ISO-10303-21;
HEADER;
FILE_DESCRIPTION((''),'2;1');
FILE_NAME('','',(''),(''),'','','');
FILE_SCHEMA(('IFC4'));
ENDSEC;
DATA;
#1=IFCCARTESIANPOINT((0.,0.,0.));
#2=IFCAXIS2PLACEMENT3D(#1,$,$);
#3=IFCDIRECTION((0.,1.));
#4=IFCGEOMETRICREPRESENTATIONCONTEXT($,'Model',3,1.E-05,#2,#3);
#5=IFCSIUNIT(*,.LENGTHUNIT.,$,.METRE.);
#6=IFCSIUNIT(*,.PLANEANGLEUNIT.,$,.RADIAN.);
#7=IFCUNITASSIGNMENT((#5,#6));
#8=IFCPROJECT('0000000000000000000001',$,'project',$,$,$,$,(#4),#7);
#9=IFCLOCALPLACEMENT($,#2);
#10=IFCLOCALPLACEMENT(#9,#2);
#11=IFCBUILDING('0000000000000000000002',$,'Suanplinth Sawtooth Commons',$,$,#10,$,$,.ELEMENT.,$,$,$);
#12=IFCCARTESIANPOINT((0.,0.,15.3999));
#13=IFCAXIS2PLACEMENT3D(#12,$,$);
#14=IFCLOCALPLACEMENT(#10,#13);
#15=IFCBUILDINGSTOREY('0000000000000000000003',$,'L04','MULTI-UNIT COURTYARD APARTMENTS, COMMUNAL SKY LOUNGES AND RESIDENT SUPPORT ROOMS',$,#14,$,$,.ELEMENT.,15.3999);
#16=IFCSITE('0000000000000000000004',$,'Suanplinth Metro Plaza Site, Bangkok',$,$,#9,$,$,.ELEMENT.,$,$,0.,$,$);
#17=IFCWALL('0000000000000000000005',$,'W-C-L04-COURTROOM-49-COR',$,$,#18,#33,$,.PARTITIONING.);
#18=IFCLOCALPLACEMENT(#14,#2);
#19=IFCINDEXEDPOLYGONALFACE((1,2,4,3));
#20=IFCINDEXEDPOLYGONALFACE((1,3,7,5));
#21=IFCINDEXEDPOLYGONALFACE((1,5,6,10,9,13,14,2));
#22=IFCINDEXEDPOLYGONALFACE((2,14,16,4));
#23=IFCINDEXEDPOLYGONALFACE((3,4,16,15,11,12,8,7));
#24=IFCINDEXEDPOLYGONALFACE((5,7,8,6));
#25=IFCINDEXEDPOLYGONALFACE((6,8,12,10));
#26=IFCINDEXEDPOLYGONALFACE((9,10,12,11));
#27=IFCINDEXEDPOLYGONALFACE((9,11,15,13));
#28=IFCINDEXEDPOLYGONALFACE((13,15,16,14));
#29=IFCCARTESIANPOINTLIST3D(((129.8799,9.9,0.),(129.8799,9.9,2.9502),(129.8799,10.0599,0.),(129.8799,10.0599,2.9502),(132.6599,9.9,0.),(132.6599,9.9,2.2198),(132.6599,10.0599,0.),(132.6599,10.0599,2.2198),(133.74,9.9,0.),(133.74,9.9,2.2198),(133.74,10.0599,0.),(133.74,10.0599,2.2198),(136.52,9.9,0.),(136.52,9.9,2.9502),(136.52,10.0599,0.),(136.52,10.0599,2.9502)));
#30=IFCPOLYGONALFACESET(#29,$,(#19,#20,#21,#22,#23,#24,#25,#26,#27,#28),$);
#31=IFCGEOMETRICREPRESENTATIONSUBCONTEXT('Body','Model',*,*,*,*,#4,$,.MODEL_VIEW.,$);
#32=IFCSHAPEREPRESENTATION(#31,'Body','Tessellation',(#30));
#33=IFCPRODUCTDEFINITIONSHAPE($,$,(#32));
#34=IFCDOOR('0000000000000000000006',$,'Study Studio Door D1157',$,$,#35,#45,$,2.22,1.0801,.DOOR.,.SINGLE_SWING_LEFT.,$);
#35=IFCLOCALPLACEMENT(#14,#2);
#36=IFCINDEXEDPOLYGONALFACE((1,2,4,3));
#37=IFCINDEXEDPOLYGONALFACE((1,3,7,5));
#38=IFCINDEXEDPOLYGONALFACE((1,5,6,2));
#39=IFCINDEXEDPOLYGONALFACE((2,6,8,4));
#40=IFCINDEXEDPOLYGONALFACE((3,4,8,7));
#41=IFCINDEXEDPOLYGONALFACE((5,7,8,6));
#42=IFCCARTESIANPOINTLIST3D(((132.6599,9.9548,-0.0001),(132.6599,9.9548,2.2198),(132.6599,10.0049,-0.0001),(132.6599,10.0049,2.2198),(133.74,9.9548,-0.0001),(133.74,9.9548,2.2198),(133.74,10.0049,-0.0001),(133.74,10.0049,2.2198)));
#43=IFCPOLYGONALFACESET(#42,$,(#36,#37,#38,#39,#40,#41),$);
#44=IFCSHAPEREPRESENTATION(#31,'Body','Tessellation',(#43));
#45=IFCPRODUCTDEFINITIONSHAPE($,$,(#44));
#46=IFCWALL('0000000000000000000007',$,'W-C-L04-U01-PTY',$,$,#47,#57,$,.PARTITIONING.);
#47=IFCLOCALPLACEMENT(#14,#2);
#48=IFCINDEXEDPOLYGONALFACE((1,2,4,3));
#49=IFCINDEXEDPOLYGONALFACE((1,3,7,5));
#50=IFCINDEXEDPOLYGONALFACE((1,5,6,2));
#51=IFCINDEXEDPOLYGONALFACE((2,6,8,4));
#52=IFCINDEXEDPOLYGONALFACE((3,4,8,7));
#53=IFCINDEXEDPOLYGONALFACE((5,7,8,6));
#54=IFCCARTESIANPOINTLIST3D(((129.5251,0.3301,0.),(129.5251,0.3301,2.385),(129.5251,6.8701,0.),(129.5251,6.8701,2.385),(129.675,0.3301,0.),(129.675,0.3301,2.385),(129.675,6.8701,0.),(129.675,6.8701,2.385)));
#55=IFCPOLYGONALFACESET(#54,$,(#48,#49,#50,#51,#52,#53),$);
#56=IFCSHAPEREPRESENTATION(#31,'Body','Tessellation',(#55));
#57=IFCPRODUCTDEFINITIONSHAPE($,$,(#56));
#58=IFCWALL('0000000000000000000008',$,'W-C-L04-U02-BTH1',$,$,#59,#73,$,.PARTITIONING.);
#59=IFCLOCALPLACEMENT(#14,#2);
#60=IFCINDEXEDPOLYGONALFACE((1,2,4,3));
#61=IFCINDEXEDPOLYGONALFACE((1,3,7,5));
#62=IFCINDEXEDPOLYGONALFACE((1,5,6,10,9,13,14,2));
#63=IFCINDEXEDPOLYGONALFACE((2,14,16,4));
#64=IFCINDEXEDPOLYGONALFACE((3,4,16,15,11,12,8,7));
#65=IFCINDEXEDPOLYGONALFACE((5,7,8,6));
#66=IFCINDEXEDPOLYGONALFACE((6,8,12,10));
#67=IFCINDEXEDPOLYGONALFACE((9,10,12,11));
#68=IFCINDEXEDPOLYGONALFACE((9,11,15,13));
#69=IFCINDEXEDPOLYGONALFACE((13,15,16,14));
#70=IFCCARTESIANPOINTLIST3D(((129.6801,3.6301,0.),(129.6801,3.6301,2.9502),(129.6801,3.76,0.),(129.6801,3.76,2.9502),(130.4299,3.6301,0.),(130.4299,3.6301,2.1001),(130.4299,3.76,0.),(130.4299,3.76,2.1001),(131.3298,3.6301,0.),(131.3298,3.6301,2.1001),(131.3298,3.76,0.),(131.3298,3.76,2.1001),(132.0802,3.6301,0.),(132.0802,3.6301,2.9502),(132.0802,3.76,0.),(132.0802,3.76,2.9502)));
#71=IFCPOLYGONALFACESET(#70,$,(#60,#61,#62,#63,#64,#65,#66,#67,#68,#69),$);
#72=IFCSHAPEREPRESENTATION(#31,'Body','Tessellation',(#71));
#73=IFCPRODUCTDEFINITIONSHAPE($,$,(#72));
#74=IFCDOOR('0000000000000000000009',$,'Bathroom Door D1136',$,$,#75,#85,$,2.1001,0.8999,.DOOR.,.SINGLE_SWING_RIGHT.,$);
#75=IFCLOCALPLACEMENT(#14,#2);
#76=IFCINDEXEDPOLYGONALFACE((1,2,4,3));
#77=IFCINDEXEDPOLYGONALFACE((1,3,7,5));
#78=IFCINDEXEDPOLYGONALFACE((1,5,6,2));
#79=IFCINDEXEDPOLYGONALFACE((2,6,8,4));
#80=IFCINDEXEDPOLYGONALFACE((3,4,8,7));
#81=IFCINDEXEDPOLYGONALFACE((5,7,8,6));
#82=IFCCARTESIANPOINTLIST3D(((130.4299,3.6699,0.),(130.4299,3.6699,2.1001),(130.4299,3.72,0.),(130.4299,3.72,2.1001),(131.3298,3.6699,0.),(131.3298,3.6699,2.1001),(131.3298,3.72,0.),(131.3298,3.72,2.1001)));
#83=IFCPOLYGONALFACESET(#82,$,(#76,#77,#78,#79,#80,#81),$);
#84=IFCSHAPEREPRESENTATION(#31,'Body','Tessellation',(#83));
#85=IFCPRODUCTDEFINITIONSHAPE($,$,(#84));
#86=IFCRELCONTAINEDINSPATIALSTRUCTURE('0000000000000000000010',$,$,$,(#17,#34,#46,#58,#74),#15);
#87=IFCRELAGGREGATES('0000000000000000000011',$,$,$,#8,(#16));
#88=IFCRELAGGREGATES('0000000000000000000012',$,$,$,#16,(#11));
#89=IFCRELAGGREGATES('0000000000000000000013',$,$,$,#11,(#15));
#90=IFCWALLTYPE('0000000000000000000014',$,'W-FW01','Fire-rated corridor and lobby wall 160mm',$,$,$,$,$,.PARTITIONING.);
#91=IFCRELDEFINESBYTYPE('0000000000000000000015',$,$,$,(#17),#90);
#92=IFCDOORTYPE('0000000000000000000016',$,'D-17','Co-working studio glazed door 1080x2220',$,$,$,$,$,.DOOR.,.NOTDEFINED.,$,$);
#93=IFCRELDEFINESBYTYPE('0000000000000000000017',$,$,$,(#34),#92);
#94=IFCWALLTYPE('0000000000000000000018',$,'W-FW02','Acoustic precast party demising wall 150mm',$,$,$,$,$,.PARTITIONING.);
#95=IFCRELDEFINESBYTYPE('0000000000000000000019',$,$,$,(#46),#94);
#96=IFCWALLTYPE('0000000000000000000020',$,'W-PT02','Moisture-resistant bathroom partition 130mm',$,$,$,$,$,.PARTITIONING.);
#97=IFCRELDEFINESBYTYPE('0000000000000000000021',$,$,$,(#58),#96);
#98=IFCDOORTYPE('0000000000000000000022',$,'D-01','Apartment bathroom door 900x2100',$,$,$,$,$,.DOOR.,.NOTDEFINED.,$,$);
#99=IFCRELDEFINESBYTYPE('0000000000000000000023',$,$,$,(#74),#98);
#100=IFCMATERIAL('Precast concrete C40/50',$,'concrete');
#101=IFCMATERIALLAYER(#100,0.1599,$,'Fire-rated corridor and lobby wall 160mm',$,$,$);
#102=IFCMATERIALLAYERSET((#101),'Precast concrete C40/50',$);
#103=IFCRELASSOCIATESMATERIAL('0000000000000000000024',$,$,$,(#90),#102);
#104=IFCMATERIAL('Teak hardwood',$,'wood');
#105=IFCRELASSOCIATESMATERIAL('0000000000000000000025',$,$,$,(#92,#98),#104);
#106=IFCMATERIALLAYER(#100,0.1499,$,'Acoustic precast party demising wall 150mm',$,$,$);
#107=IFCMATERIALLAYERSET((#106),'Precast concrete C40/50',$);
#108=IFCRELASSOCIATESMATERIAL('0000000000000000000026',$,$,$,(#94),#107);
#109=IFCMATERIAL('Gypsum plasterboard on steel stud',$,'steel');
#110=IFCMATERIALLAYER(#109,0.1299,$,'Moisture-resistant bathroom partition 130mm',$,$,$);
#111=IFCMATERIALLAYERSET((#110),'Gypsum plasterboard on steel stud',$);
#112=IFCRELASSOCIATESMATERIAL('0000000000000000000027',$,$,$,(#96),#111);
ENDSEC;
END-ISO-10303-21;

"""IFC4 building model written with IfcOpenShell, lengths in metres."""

from ifc_helpers import new_model, si_unit, direction, frame, frame_2d, origin, place, context, subcontext, project, spatial, rectangle, extrude, material, layer, layer_set, type_object, element, fill, save


model = new_model("IFC4")

# Units and contexts
model_context = context("Model", 3, precision=1e-05, world=origin(), true_north=direction((0.0, 1.0)))
body_context = subcontext(model_context, "Body", "Model", "MODEL_VIEW")
ifc_project = project(units=[si_unit("LENGTHUNIT", "METRE"), si_unit("PLANEANGLEUNIT", "RADIAN")], contexts=[model_context])

# Site, building, storey
site_placement = place(None, origin())
site = spatial("IfcSite", under=ifc_project, at=site_placement, Name="Suanplinth Metro Plaza Site, Bangkok", CompositionType="ELEMENT", RefElevation=0.0)
building_placement = place(site_placement, origin())
building = spatial("IfcBuilding", under=site, at=building_placement, Name="Suanplinth Sawtooth Commons", CompositionType="ELEMENT")
storey_placement = place(building_placement, frame((0.0, 0.0, 15.3999)))
storey = spatial("IfcBuildingStorey", under=building, at=storey_placement, Name="L04", Description="MULTI-UNIT COURTYARD APARTMENTS, COMMUNAL SKY LOUNGES AND RESIDENT SUPPORT ROOMS", CompositionType="ELEMENT", Elevation=15.3999)

# Shared definitions
ifc_material_1 = material(Name="Precast concrete C40/50", Category="concrete")

# Wall, opening, door
ifc_layer_1 = layer(ifc_material_1, 0.1599, Name="Fire-rated corridor and lobby wall 160mm")
ifc_layer_set_1 = layer_set([ifc_layer_1], Name="Precast concrete C40/50")
wall_type_1 = type_object("IfcWallType", Name="W-FW01", Description="Fire-rated corridor and lobby wall 160mm", PredefinedType="PARTITIONING", material=ifc_layer_set_1)
ifc_material_2 = material(Name="Teak hardwood", Category="wood")
door_type_1 = type_object("IfcDoorType", Name="D-17", Description="Co-working studio glazed door 1080x2220", OperationType="NOTDEFINED", PredefinedType="DOOR", material=ifc_material_2)
wall_1_placement = place(storey_placement, frame((129.8799, 9.98, 0.0), z_axis=(0.0, 0.0, 1.0), x_axis=(1.0, 0.0, 0.0)))
wall_1 = element("IfcWall", 1, at=wall_1_placement, inside=storey, type_object=wall_type_1, Name="W-C-L04-COURTROOM-49-COR", PredefinedType="PARTITIONING", context=body_context, shape_type="SweptSolid", body=[
    extrude(rectangle(XDim=6.6401, YDim=0.1599, at=frame_2d((3.3201, 0.0))), origin(), (0.0, 0.0, 1.0), 2.9502),
])
opening_1_placement = place(wall_1_placement, frame((2.78, 0.0, 0.0)))
opening_1 = element("IfcOpeningElement", 2, at=opening_1_placement, cuts=wall_1, PredefinedType="OPENING", context=body_context, shape_type="SweptSolid", body=[
    extrude(rectangle(XDim=1.0801, YDim=2.22, at=frame_2d((0.54, 1.1099))), frame((0.0, 0.0947, 0.0), z_axis=(0.0, -1.0, 0.0), x_axis=(1.0, 0.0, 0.0)), (0.0, 0.0, 1.0), 0.1897),
])
door_1_placement = place(opening_1_placement, origin())
door_1 = element("IfcDoor", 3, at=door_1_placement, inside=storey, type_object=door_type_1, Name="Study Studio Door D1157", OperationType="SINGLE_SWING_LEFT", OverallHeight=2.22, OverallWidth=1.0801, PredefinedType="DOOR", context=body_context, shape_type="SweptSolid", body=[
    extrude(rectangle(XDim=1.0801, YDim=2.22, at=frame_2d((0.54, 1.1099))), frame((0.0, 0.0249, 0.0), z_axis=(0.0, -1.0, 0.0), x_axis=(1.0, 0.0, 0.0)), (0.0, 0.0, 1.0), 0.05),
])
fill(opening_1, door_1)

# Wall
ifc_layer_2 = layer(ifc_material_1, 0.1499, Name="Acoustic precast party demising wall 150mm")
ifc_layer_set_2 = layer_set([ifc_layer_2], Name="Precast concrete C40/50")
wall_type_2 = type_object("IfcWallType", Name="W-FW02", Description="Acoustic precast party demising wall 150mm", PredefinedType="PARTITIONING", material=ifc_layer_set_2)
wall_2_placement = place(storey_placement, frame((129.6001, 0.3301, 0.0), z_axis=(0.0, 0.0, 1.0), x_axis=(0.0, 1.0, 0.0)))
element("IfcWall", 4, at=wall_2_placement, inside=storey, type_object=wall_type_2, Name="W-C-L04-U01-PTY", PredefinedType="PARTITIONING", context=body_context, shape_type="SweptSolid", body=[
    extrude(rectangle(XDim=6.54, YDim=0.1499, at=frame_2d((3.27, 0.0))), origin(), (0.0, 0.0, 1.0), 2.385),
])

# Wall, opening, door
ifc_material_3 = material(Name="Gypsum plasterboard on steel stud", Category="steel")
ifc_layer_3 = layer(ifc_material_3, 0.1299, Name="Moisture-resistant bathroom partition 130mm")
ifc_layer_set_3 = layer_set([ifc_layer_3], Name="Gypsum plasterboard on steel stud")
wall_type_3 = type_object("IfcWallType", Name="W-PT02", Description="Moisture-resistant bathroom partition 130mm", PredefinedType="PARTITIONING", material=ifc_layer_set_3)
wall_3_placement = place(storey_placement, frame((129.6799, 3.6951, 0.0), z_axis=(0.0, 0.0, 1.0), x_axis=(1.0, 0.0, 0.0)))
wall_3 = element("IfcWall", 5, at=wall_3_placement, inside=storey, type_object=wall_type_3, Name="W-C-L04-U02-BTH1", PredefinedType="PARTITIONING", context=body_context, shape_type="SweptSolid", body=[
    extrude(rectangle(XDim=2.4001, YDim=0.1299, at=frame_2d((1.2002, 0.0))), origin(), (0.0, 0.0, 1.0), 2.9502),
])
opening_2_placement = place(wall_3_placement, frame((0.75, 0.0, 0.0)))
opening_2 = element("IfcOpeningElement", 6, at=opening_2_placement, cuts=wall_3, PredefinedType="OPENING", context=body_context, shape_type="SweptSolid", body=[
    extrude(rectangle(XDim=0.8999, YDim=2.1001, at=frame_2d((0.45, 1.05))), frame((0.0, 0.0798, 0.0), z_axis=(0.0, -1.0, 0.0), x_axis=(1.0, 0.0, 0.0)), (0.0, 0.0, 1.0), 0.1597),
])
door_type_2 = type_object("IfcDoorType", Name="D-01", Description="Apartment bathroom door 900x2100", OperationType="NOTDEFINED", PredefinedType="DOOR", material=ifc_material_2)
door_2_placement = place(opening_2_placement, origin())
door_2 = element("IfcDoor", 7, at=door_2_placement, inside=storey, type_object=door_type_2, Name="Bathroom Door D1136", OperationType="SINGLE_SWING_RIGHT", OverallHeight=2.1001, OverallWidth=0.8999, PredefinedType="DOOR", context=body_context, shape_type="SweptSolid", body=[
    extrude(rectangle(XDim=0.8999, YDim=2.1001, at=frame_2d((0.45, 1.05))), frame((0.0, 0.0249, 0.0), z_axis=(0.0, -1.0, 0.0), x_axis=(1.0, 0.0, 0.0)), (0.0, 0.0, 1.0), 0.05),
])
fill(opening_2, door_2)

save(model, "model.ifc")
